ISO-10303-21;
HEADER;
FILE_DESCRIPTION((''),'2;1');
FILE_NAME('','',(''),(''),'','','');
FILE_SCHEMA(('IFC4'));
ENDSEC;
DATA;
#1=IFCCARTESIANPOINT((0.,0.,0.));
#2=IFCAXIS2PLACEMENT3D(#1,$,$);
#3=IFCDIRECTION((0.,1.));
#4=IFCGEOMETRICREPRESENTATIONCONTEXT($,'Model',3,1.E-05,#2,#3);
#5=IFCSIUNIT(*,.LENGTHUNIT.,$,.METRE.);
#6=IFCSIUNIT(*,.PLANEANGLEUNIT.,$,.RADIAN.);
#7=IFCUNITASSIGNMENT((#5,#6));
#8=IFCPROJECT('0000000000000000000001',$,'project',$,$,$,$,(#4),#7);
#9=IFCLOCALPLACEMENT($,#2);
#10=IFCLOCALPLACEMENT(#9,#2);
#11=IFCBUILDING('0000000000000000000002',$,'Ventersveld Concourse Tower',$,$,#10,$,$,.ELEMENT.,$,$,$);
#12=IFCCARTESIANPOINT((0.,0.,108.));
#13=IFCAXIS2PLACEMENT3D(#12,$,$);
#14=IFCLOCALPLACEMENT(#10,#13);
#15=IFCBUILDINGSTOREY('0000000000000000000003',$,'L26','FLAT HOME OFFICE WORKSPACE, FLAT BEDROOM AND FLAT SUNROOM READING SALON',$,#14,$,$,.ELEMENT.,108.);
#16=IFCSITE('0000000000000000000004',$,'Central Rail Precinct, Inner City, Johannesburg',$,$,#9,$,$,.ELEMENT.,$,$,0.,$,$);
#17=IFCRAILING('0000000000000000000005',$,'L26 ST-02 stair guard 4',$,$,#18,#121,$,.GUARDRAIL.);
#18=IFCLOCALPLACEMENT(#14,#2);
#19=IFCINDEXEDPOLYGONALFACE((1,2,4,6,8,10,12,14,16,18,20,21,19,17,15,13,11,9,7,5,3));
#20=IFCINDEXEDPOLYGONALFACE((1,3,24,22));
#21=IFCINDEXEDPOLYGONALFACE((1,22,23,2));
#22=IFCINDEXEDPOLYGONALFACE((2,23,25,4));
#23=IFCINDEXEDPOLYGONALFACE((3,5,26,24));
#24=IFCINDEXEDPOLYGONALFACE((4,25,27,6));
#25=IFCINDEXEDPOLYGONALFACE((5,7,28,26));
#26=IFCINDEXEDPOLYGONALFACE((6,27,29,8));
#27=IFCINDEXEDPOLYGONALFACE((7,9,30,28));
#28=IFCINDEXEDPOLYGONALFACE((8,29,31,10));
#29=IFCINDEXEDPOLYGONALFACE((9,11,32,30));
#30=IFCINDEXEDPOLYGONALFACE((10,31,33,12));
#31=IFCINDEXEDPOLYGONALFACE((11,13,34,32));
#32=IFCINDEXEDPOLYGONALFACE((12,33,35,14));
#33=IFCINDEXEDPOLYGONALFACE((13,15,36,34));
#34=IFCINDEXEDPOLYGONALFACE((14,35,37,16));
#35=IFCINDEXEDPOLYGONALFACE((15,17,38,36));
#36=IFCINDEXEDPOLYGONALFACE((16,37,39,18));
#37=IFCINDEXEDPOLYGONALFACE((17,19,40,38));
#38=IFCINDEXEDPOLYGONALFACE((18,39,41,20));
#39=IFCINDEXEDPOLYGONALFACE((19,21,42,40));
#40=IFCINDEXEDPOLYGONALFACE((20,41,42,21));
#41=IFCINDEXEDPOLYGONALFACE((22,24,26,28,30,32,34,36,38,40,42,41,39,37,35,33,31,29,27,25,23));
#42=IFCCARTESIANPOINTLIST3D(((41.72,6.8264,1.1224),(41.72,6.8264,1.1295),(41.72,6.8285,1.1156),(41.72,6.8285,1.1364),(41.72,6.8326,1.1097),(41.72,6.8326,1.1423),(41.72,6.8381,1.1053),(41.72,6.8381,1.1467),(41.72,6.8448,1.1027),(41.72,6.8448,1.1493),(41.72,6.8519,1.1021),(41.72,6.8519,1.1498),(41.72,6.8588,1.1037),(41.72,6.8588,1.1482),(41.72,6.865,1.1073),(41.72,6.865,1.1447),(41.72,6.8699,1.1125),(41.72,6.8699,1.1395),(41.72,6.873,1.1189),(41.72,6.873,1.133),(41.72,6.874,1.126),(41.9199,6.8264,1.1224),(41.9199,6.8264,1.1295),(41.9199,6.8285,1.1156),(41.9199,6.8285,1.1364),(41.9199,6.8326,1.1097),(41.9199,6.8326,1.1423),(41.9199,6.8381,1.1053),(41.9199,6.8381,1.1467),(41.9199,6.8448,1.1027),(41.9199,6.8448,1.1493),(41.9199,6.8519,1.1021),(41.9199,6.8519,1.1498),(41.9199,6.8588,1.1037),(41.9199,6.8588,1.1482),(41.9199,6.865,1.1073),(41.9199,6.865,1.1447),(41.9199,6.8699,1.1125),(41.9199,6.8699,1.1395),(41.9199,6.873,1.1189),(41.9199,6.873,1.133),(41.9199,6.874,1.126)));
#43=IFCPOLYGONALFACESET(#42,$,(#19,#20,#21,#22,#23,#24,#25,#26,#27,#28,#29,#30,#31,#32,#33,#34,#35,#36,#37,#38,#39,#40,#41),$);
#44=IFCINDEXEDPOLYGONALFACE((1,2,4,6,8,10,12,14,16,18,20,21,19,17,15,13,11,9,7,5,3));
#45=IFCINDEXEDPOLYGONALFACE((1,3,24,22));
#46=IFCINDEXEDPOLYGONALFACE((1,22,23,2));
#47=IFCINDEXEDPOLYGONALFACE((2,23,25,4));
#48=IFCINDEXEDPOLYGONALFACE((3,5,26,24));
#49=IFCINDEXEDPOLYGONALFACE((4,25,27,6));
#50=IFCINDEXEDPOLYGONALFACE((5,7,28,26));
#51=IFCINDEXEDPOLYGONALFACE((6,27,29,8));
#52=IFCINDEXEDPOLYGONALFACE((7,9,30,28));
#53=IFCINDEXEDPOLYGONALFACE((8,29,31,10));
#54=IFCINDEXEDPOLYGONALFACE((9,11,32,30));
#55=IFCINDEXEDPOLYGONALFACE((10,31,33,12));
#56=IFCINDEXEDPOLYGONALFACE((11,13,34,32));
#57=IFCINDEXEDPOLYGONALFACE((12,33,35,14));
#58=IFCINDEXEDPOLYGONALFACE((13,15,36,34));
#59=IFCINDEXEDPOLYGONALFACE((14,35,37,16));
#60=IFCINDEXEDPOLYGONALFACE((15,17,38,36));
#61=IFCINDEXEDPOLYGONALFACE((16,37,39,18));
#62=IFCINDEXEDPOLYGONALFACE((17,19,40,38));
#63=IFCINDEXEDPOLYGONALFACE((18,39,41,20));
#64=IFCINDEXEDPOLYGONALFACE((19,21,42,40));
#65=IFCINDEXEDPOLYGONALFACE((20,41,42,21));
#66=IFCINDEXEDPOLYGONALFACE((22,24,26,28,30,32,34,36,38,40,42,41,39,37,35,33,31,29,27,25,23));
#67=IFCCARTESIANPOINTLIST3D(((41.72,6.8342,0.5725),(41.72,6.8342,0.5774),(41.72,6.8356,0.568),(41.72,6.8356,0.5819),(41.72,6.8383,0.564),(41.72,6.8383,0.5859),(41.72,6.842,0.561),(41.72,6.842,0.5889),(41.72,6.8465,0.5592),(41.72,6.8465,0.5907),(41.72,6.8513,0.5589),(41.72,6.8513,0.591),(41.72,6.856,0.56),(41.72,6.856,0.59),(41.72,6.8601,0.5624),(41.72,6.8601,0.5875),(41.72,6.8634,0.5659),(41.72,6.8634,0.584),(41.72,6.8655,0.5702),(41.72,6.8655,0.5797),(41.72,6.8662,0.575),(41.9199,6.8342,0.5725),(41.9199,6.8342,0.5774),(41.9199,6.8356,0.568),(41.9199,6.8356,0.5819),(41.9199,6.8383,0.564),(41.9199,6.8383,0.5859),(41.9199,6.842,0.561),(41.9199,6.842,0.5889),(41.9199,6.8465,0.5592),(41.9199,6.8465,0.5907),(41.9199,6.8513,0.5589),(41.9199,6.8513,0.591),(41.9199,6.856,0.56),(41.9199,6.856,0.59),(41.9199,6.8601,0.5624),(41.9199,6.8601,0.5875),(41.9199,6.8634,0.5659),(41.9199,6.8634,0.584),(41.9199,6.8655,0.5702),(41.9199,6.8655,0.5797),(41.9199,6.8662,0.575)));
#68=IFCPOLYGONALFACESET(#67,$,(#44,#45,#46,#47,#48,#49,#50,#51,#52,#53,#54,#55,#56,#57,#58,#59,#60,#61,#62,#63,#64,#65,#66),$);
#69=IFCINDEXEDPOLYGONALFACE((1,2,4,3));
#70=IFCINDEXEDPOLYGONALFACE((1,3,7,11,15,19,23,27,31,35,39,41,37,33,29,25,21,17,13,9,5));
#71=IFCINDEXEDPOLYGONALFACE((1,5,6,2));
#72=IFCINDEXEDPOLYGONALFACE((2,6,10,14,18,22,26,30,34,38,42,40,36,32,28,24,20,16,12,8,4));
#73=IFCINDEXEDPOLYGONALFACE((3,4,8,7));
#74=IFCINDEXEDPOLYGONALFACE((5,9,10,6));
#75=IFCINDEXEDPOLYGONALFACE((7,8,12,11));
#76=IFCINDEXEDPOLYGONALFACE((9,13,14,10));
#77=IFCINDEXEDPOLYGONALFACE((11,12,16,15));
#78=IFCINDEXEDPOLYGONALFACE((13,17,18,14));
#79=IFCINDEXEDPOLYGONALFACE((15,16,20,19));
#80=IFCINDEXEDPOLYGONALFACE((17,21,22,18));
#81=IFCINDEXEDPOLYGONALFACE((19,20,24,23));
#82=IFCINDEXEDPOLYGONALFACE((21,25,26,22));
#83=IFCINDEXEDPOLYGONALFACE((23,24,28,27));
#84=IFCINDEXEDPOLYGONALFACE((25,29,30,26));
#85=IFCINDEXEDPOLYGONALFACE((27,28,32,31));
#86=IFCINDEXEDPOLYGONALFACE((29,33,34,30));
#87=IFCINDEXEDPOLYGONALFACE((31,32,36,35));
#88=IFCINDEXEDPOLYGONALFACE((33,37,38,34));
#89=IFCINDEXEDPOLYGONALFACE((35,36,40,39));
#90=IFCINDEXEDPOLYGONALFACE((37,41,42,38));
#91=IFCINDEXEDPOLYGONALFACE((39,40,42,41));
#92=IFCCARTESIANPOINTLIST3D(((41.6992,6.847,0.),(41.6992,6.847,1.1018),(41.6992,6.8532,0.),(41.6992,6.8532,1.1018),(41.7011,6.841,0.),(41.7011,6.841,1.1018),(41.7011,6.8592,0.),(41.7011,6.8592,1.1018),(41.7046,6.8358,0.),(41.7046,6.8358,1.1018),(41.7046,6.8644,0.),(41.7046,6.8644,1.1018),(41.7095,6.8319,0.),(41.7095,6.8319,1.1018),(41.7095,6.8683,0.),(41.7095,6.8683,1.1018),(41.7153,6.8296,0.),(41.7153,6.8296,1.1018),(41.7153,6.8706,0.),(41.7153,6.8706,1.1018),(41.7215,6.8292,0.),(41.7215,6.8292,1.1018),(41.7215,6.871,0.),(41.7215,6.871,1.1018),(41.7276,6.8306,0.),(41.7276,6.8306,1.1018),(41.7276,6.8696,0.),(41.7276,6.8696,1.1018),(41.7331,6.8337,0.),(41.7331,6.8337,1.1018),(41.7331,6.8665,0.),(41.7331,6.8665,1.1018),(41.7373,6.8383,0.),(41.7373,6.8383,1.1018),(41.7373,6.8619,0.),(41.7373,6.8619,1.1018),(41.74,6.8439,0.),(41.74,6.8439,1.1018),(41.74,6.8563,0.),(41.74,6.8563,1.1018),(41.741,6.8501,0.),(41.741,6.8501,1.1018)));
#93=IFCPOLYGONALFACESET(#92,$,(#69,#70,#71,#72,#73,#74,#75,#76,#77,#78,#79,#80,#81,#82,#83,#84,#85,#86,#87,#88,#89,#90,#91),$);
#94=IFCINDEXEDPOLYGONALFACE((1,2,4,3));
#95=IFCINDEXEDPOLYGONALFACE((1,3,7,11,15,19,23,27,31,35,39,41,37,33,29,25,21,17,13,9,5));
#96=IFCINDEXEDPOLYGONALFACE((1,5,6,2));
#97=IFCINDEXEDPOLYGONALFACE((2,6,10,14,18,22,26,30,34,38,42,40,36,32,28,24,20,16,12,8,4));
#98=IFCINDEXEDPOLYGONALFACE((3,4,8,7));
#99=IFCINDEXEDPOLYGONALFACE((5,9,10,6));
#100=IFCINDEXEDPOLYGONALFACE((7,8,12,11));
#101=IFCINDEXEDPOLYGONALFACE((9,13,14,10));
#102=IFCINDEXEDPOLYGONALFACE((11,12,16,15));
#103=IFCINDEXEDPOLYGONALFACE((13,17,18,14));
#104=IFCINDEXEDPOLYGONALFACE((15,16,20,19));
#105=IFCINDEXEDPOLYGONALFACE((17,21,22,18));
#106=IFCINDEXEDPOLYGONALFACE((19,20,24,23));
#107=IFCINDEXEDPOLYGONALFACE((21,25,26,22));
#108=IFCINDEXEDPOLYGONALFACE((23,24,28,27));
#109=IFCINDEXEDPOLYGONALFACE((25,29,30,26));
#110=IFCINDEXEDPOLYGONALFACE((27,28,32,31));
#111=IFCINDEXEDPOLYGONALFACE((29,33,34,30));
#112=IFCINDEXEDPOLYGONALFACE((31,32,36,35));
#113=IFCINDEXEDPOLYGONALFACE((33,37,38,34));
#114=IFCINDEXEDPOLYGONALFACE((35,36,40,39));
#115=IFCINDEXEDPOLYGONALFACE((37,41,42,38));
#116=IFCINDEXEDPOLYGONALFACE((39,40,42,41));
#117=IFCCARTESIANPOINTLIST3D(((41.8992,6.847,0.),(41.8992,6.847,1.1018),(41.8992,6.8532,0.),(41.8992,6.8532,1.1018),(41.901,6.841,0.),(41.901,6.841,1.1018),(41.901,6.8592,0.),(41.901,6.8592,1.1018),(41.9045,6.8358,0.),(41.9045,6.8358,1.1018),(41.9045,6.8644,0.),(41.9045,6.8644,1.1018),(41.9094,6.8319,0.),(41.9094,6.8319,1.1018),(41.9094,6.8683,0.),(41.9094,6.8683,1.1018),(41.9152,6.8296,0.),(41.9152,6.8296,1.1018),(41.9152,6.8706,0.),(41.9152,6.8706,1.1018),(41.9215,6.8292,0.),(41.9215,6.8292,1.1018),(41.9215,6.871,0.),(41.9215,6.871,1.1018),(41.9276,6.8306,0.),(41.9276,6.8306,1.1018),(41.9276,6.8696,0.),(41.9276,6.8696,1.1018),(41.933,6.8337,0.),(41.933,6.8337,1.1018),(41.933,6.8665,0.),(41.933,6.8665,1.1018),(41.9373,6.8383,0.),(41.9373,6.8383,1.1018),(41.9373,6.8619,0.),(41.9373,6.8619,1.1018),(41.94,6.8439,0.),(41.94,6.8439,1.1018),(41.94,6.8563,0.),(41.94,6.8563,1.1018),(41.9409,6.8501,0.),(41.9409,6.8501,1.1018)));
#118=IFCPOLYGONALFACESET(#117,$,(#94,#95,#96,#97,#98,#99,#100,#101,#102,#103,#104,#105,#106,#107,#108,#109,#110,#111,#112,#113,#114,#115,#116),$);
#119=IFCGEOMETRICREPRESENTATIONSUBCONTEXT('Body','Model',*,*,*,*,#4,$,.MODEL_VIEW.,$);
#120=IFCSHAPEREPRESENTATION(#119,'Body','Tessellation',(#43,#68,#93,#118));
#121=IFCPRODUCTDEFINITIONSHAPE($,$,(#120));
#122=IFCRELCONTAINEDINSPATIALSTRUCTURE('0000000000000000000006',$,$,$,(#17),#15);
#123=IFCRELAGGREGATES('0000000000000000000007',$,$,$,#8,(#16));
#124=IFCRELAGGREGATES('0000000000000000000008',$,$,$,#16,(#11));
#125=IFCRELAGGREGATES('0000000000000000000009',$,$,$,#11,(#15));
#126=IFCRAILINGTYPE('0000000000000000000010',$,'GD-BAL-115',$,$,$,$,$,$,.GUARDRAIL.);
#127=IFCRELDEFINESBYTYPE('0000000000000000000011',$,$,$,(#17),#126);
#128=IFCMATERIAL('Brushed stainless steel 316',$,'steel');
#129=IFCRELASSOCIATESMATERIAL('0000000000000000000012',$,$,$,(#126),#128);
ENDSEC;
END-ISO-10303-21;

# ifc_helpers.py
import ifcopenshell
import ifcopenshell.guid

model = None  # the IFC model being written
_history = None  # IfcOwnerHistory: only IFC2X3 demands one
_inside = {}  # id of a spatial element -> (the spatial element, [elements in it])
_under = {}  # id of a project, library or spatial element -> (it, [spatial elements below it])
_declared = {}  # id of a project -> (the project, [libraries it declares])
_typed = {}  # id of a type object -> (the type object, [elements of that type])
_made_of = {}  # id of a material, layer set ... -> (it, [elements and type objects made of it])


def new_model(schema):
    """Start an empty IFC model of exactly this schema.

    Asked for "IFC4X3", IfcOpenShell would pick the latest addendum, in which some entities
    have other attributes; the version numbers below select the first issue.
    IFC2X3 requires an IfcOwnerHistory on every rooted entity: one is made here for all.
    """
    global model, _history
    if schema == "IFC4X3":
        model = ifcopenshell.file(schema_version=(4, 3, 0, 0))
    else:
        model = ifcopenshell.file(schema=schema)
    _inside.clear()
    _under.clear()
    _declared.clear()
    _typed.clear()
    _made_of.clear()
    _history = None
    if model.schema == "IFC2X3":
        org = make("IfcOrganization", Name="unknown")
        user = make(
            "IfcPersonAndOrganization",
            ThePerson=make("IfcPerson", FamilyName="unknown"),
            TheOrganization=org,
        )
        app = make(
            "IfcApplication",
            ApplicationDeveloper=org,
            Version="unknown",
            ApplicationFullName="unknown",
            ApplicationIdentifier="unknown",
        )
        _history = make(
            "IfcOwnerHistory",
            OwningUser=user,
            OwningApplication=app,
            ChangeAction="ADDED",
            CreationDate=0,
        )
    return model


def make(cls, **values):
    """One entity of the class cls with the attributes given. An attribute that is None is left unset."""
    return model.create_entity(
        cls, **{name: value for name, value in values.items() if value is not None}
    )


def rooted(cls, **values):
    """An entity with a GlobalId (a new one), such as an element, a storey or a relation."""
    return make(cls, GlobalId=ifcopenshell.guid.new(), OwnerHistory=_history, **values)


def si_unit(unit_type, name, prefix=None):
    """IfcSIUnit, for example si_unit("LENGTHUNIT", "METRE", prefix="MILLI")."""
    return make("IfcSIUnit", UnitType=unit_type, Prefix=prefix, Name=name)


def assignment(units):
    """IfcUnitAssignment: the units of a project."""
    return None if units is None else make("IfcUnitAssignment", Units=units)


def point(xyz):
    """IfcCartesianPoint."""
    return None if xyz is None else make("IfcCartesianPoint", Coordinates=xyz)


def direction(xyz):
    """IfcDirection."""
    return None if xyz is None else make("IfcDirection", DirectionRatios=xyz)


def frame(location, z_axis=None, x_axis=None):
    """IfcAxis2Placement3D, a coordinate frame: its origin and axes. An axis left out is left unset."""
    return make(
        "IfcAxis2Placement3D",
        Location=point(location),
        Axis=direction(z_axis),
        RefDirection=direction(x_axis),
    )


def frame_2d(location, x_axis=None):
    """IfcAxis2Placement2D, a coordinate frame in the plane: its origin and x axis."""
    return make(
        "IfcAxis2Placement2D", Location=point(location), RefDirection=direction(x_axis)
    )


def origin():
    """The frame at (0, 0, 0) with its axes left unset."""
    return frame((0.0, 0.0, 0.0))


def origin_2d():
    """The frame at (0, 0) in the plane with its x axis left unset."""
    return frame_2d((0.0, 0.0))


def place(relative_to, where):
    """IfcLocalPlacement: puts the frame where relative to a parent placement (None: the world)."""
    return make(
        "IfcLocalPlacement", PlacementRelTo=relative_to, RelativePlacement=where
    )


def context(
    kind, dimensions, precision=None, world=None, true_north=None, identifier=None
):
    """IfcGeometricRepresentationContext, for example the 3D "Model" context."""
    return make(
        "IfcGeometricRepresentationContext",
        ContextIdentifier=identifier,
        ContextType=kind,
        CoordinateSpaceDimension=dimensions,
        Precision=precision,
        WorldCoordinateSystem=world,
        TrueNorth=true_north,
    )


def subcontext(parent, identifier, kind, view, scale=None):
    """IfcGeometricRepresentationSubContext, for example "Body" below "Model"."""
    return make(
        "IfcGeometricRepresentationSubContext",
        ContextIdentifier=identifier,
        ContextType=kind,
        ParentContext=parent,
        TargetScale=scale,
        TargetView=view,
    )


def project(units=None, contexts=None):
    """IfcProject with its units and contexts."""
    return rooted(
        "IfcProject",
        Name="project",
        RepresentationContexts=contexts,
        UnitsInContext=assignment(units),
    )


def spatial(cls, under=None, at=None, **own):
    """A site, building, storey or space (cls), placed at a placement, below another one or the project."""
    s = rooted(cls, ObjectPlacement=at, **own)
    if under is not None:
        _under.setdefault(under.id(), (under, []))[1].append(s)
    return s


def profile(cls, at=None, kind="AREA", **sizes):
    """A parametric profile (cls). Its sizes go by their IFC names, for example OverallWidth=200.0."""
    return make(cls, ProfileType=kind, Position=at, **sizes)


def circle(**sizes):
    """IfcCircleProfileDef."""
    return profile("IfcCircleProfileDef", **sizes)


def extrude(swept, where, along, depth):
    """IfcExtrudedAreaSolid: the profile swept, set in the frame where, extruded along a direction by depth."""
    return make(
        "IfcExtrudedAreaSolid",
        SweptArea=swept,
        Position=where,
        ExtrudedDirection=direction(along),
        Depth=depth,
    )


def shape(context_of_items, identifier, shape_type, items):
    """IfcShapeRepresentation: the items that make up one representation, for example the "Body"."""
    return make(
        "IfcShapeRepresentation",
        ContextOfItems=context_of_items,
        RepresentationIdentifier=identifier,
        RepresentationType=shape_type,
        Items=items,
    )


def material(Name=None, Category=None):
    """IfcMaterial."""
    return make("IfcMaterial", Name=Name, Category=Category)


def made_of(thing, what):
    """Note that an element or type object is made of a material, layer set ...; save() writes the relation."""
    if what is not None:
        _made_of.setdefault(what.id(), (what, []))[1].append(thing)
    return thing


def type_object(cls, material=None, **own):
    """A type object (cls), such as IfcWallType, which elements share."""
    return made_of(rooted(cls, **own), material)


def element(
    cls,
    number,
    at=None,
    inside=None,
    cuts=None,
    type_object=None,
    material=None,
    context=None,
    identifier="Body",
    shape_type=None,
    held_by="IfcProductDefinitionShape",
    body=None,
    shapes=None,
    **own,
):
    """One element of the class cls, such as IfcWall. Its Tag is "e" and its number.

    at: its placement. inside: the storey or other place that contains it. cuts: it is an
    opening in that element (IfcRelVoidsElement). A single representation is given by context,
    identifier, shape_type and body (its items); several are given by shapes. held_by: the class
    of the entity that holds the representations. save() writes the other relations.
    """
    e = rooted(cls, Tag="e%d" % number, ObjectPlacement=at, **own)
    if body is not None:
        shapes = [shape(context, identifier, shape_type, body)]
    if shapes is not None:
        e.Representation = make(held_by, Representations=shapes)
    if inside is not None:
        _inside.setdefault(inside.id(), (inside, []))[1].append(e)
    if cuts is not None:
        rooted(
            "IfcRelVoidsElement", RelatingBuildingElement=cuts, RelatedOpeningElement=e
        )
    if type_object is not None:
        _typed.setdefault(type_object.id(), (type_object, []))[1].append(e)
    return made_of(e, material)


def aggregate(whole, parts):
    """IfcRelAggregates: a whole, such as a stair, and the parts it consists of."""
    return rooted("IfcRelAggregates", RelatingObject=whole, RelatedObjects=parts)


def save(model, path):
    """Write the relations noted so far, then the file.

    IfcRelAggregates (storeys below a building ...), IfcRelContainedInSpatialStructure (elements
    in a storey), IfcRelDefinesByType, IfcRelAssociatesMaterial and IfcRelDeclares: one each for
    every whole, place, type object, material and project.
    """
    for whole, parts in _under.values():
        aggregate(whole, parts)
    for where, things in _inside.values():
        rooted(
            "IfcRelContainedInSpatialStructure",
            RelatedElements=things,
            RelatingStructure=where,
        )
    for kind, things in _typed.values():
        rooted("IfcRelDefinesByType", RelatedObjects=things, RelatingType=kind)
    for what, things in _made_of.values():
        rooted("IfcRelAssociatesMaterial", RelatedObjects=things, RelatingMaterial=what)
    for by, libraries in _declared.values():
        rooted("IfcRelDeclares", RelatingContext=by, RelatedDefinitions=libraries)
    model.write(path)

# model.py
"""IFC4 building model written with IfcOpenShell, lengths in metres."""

from ifc_helpers import new_model, si_unit, direction, frame, origin, origin_2d, place, context, subcontext, project, spatial, circle, extrude, material, type_object, element, save


model = new_model("IFC4")

# Units and contexts
model_context = context("Model", 3, precision=1e-05, world=origin(), true_north=direction((0.0, 1.0)))
body_context = subcontext(model_context, "Body", "Model", "MODEL_VIEW")
ifc_project = project(units=[si_unit("LENGTHUNIT", "METRE"), si_unit("PLANEANGLEUNIT", "RADIAN")], contexts=[model_context])

# Site, building, storey
site_placement = place(None, origin())
site = spatial("IfcSite", under=ifc_project, at=site_placement, Name="Central Rail Precinct, Inner City, Johannesburg", CompositionType="ELEMENT", RefElevation=0.0)
building_placement = place(site_placement, origin())
building = spatial("IfcBuilding", under=site, at=building_placement, Name="Ventersveld Concourse Tower", CompositionType="ELEMENT")
storey_placement = place(building_placement, frame((0.0, 0.0, 108.0)))
storey = spatial("IfcBuildingStorey", under=building, at=storey_placement, Name="L26", Description="FLAT HOME OFFICE WORKSPACE, FLAT BEDROOM AND FLAT SUNROOM READING SALON", CompositionType="ELEMENT", Elevation=108.0)

# Shared definitions
ifc_material_1 = material(Name="Brushed stainless steel 316", Category="steel")

# Railing
railing_type_1 = type_object("IfcRailingType", Name="GD-BAL-115", PredefinedType="GUARDRAIL", material=ifc_material_1)
railing_1_placement = place(storey_placement, frame((41.72, 6.8501, 0.0)))
element("IfcRailing", 1, at=railing_1_placement, inside=storey, type_object=railing_type_1, Name="L26 ST-02 stair guard 4", PredefinedType="GUARDRAIL", context=body_context, shape_type="SweptSolid", body=[
    extrude(circle(Radius=0.0239, at=origin_2d()), frame((0.0, 0.0, 1.126), z_axis=(1.0, 0.0, 0.0), x_axis=(0.0, 1.0, 0.0)), (0.0, 0.0, 1.0), 0.2),
    extrude(circle(Radius=0.0161, at=origin_2d()), frame((0.0, 0.0, 0.575), z_axis=(1.0, 0.0, 0.0), x_axis=(0.0, 1.0, 0.0)), (0.0, 0.0, 1.0), 0.2),
    extrude(circle(Radius=0.021, at=origin_2d()), origin(), (0.0, 0.0, 1.0), 1.1018),
    extrude(circle(Radius=0.021, at=origin_2d()), frame((0.2, 0.0, 0.0)), (0.0, 0.0, 1.0), 1.1018),
])

save(model, "model.ifc")
